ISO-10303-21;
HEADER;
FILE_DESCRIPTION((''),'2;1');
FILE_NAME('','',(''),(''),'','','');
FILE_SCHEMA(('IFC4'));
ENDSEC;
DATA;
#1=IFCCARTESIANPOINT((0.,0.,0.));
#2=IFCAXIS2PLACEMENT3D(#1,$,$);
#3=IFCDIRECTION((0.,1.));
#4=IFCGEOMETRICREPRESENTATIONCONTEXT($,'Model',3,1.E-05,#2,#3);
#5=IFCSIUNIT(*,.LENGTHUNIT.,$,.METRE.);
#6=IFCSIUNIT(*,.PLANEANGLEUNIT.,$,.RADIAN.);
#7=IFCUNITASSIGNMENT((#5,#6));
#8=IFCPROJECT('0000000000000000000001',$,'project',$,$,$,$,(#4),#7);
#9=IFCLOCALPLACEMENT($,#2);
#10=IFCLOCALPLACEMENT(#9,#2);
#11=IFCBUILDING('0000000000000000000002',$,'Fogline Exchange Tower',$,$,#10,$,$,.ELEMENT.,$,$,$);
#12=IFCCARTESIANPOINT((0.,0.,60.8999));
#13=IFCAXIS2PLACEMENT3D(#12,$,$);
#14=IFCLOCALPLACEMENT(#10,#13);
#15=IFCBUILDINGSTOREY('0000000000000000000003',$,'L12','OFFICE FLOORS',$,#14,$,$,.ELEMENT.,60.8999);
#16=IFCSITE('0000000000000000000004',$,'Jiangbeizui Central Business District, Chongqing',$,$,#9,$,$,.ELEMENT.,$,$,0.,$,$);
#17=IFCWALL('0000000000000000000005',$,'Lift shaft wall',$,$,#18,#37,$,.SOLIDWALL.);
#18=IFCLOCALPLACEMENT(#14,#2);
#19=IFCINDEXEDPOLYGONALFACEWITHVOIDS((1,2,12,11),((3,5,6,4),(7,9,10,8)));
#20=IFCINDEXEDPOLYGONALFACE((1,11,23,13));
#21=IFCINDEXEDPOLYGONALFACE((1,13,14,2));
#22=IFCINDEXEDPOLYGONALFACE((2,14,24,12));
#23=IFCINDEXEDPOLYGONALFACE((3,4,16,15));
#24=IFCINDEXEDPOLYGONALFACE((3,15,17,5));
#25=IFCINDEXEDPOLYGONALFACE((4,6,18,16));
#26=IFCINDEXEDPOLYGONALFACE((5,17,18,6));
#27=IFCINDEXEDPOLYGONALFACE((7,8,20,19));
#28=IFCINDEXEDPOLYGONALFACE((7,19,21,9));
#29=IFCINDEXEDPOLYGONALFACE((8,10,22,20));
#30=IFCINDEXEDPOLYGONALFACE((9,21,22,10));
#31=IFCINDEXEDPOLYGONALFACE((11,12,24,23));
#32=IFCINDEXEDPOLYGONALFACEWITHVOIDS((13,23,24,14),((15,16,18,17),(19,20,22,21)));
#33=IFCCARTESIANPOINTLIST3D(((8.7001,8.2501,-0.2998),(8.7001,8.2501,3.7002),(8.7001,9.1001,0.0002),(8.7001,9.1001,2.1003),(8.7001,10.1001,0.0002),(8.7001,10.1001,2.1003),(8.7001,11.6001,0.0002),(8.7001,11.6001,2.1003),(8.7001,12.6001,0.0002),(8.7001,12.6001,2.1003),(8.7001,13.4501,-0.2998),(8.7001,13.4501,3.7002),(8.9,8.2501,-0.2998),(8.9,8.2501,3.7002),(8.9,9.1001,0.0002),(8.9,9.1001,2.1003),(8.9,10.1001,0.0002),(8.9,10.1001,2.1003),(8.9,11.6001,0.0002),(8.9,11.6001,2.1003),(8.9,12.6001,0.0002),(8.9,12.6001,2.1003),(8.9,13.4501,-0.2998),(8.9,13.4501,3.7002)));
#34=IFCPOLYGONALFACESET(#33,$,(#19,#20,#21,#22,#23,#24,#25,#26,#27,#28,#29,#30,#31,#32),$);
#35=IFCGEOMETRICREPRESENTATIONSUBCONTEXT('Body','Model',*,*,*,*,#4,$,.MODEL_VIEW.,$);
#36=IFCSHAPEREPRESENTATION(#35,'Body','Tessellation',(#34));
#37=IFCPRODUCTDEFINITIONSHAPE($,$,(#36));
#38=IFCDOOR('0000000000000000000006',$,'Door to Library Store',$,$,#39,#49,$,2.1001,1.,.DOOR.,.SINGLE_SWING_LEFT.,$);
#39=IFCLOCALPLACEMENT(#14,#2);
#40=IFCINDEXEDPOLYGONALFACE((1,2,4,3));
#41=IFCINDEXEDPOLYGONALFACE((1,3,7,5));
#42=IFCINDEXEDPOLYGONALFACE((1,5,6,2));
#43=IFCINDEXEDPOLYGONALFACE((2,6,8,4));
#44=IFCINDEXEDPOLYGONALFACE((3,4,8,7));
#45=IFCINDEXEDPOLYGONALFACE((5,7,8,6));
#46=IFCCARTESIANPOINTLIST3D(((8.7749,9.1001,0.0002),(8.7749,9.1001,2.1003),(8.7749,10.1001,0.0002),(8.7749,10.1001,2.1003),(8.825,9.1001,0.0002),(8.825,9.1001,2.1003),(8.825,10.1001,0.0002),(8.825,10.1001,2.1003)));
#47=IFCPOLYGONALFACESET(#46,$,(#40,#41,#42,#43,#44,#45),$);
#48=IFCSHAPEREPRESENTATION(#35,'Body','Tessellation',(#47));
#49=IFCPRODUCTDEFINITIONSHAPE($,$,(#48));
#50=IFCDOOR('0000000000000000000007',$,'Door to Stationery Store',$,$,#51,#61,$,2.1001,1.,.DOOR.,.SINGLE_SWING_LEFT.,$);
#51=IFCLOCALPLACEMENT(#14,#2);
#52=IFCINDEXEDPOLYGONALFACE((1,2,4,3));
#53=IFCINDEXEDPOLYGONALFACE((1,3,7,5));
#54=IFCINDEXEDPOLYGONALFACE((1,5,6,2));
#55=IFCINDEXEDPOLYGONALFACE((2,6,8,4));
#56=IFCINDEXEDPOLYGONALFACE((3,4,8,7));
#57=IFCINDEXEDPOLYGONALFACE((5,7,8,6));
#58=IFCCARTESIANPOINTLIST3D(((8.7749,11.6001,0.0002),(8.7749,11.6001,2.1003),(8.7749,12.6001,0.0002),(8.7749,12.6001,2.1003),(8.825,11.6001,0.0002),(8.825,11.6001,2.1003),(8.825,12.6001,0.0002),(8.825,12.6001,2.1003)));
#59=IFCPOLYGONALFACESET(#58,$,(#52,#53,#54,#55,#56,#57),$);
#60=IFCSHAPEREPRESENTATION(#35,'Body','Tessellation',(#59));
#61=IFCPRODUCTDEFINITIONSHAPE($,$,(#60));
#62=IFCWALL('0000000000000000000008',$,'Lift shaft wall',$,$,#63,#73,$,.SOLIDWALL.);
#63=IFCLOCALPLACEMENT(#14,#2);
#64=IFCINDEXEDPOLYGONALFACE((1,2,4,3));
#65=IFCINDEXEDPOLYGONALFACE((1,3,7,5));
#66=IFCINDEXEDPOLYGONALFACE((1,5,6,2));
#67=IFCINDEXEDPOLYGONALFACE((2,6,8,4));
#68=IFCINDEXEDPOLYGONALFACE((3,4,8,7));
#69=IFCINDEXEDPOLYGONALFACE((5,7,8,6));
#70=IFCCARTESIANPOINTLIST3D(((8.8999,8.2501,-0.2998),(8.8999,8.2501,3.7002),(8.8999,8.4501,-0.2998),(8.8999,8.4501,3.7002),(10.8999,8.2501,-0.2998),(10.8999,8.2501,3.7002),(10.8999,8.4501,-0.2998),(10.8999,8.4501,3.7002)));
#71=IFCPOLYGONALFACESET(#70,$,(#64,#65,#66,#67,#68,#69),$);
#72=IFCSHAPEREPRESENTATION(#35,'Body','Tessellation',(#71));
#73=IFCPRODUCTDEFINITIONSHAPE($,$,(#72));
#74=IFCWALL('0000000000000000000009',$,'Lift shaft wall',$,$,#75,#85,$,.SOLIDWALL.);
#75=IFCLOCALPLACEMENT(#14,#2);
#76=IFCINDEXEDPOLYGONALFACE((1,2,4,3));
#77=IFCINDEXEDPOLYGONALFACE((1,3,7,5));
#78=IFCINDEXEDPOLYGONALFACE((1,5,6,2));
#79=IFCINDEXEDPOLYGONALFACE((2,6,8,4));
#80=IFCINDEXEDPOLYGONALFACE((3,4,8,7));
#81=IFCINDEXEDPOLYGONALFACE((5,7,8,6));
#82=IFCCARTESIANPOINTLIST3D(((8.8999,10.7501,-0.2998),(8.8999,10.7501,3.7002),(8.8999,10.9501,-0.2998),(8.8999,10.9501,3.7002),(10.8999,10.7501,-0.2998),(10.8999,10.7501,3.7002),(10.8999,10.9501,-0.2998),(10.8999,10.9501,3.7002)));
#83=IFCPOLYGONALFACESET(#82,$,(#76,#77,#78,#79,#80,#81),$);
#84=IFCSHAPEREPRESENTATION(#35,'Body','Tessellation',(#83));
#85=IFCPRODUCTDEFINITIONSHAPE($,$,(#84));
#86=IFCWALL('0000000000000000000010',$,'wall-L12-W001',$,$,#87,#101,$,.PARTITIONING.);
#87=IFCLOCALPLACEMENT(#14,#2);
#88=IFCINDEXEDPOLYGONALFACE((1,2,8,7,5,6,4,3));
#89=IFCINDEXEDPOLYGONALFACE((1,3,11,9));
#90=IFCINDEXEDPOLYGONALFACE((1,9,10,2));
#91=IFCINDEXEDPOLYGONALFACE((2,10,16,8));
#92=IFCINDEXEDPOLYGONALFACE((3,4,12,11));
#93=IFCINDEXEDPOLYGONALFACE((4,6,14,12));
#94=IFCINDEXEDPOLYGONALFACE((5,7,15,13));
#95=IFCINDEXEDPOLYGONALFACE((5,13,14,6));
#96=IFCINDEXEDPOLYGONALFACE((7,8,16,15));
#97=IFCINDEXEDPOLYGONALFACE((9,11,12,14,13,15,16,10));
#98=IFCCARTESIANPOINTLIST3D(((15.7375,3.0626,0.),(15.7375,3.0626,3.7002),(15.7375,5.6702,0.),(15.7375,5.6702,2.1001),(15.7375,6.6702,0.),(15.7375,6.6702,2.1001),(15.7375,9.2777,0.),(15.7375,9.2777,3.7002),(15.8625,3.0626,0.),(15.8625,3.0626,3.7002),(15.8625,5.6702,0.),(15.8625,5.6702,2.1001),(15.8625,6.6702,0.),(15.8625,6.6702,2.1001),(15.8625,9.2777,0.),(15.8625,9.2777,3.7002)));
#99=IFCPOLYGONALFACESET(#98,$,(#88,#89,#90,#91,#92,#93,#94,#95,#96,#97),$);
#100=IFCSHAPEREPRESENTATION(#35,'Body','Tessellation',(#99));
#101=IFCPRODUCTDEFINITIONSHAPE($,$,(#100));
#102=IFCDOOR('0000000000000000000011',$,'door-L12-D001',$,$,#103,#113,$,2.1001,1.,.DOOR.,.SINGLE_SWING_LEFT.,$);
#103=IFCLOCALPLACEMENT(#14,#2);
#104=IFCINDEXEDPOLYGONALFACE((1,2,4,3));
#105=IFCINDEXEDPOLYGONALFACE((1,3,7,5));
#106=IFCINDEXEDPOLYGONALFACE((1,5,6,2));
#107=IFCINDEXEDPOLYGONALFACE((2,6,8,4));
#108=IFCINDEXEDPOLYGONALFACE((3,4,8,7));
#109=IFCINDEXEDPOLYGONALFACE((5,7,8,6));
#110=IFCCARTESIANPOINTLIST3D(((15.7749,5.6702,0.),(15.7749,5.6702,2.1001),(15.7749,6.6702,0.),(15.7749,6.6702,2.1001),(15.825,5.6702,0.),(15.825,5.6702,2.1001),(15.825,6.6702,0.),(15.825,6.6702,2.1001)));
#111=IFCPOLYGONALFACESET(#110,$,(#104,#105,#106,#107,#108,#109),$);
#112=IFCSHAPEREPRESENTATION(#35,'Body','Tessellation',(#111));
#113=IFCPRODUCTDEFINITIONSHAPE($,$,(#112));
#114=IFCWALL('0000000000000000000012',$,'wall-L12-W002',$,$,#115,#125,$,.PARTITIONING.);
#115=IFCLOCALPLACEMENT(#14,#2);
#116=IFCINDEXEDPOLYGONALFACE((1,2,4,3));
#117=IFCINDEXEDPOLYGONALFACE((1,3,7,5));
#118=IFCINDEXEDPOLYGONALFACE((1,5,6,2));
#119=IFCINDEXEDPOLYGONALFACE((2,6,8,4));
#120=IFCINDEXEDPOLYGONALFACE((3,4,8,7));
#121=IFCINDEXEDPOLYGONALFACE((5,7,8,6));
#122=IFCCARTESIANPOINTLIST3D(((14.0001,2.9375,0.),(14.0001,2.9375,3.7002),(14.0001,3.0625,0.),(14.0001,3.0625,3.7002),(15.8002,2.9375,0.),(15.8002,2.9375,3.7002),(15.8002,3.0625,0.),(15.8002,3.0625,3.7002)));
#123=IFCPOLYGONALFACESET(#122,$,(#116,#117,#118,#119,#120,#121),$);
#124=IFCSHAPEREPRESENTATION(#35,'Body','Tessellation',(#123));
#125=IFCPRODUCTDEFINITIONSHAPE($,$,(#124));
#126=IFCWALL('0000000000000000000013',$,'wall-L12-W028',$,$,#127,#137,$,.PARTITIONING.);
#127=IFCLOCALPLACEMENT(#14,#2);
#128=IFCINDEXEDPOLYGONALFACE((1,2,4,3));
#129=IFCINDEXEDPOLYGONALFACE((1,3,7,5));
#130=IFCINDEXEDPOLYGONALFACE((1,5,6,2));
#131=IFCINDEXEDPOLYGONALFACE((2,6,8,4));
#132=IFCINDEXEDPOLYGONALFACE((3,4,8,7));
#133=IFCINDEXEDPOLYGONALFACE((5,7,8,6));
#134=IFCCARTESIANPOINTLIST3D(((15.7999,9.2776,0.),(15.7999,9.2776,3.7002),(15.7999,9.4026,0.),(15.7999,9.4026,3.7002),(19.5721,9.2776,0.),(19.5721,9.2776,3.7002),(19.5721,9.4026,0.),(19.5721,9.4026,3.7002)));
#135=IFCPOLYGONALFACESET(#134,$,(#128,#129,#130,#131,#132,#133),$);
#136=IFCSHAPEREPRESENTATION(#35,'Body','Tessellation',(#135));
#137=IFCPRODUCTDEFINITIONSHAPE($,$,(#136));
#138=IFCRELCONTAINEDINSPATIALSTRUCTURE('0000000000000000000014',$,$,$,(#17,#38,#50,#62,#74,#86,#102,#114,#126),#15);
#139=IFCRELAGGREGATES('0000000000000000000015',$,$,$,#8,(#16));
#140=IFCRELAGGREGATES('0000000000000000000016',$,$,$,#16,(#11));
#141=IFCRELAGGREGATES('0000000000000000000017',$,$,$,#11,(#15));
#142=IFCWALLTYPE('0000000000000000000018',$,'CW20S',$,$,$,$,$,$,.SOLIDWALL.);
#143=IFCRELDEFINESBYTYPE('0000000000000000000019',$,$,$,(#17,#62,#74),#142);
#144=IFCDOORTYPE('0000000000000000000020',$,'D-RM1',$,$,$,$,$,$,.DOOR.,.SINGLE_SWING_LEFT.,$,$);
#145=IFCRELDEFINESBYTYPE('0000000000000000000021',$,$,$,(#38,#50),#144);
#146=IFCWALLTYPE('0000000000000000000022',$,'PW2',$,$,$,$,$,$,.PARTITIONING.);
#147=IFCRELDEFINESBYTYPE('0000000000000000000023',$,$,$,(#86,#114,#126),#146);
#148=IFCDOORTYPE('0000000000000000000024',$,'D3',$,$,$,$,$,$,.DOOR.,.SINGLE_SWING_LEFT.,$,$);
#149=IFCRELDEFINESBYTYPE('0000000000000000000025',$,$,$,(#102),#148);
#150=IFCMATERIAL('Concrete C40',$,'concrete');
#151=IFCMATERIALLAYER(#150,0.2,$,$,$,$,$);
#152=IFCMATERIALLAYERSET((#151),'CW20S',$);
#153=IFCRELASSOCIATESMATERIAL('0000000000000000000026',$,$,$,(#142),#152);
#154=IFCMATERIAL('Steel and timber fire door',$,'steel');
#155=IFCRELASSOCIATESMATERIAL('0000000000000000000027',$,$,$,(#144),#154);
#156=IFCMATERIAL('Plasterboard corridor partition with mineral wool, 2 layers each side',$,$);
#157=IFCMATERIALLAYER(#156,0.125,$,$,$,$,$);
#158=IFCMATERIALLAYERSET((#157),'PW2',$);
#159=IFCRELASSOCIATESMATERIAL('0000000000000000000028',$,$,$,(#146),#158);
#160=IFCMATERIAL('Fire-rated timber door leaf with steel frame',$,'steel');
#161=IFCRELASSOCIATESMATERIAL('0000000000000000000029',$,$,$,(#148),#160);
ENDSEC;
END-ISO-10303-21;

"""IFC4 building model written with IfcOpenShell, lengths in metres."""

from ifc_helpers import new_model, si_unit, direction, frame, frame_2d, origin, place, context, subcontext, project, spatial, rectangle, extrude, material, layer, layer_set, type_object, element, fill, save


model = new_model("IFC4")

# Units and contexts
model_context = context("Model", 3, precision=1e-05, world=origin(), true_north=direction((0.0, 1.0)))
body_context = subcontext(model_context, "Body", "Model", "MODEL_VIEW")
ifc_project = project(units=[si_unit("LENGTHUNIT", "METRE"), si_unit("PLANEANGLEUNIT", "RADIAN")], contexts=[model_context])

# Site, building, storey
site_placement = place(None, origin())
site = spatial("IfcSite", under=ifc_project, at=site_placement, Name="Jiangbeizui Central Business District, Chongqing", CompositionType="ELEMENT", RefElevation=0.0)
building_placement = place(site_placement, origin())
building = spatial("IfcBuilding", under=site, at=building_placement, Name="Fogline Exchange Tower", CompositionType="ELEMENT")
storey_placement = place(building_placement, frame((0.0, 0.0, 60.8999)))
storey = spatial("IfcBuildingStorey", under=building, at=storey_placement, Name="L12", Description="OFFICE FLOORS", CompositionType="ELEMENT", Elevation=60.8999)

# Shared definitions
ifc_material_1 = material(Name="Concrete C40", Category="concrete")

# Shared definitions
ifc_material_2 = material(Name="Steel and timber fire door", Category="steel")

# Wall, openings, doors
ifc_layer_1 = layer(ifc_material_1, 0.2)
ifc_layer_set_1 = layer_set([ifc_layer_1], Name="CW20S")
wall_type_1 = type_object("IfcWallType", Name="CW20S", PredefinedType="SOLIDWALL", material=ifc_layer_set_1)
wall_1_placement = place(storey_placement, frame((8.8, 8.25, -0.2998), z_axis=(0.0, 0.0, 1.0), x_axis=(0.0, 1.0, 0.0)))
wall_1 = element("IfcWall", 1, at=wall_1_placement, inside=storey, type_object=wall_type_1, Name="Lift shaft wall", PredefinedType="SOLIDWALL", context=body_context, shape_type="SweptSolid", body=[
    extrude(rectangle(XDim=5.2, YDim=0.2, at=frame_2d((2.6001, 0.0))), origin(), (0.0, 0.0, 1.0), 4.0),
])
opening_1_placement = place(wall_1_placement, frame((0.8501, 0.0, 0.3)))
opening_1 = element("IfcOpeningElement", 2, at=opening_1_placement, cuts=wall_1, PredefinedType="OPENING", context=body_context, shape_type="SweptSolid", body=[
    extrude(rectangle(XDim=1.0, YDim=2.1001, at=frame_2d((0.5, 1.05))), frame((0.0, 0.1099, 0.0), z_axis=(0.0, -1.0, 0.0), x_axis=(1.0, 0.0, 0.0)), (0.0, 0.0, 1.0), 0.22),
])
opening_2_placement = place(wall_1_placement, frame((3.3501, 0.0, 0.3)))
opening_2 = element("IfcOpeningElement", 3, at=opening_2_placement, cuts=wall_1, PredefinedType="OPENING", context=body_context, shape_type="SweptSolid", body=[
    extrude(rectangle(XDim=1.0, YDim=2.1001, at=frame_2d((0.5, 1.05))), frame((0.0, 0.1099, 0.0), z_axis=(0.0, -1.0, 0.0), x_axis=(1.0, 0.0, 0.0)), (0.0, 0.0, 1.0), 0.22),
])
door_type_1 = type_object("IfcDoorType", Name="D-RM1", OperationType="SINGLE_SWING_LEFT", PredefinedType="DOOR", material=ifc_material_2)
door_1_placement = place(opening_1_placement, frame((1.0, 0.0, 0.0), z_axis=(0.0, 0.0, 1.0), x_axis=(-1.0, 0.0, 0.0)))
door_1 = element("IfcDoor", 4, at=door_1_placement, inside=storey, type_object=door_type_1, Name="Door to Library Store", OperationType="SINGLE_SWING_LEFT", OverallHeight=2.1001, OverallWidth=1.0, PredefinedType="DOOR", context=body_context, shape_type="SweptSolid", body=[
    extrude(rectangle(XDim=1.0, YDim=2.1001, at=frame_2d((0.5, 1.05))), frame((0.0, 0.0249, 0.0), z_axis=(0.0, -1.0, 0.0), x_axis=(1.0, 0.0, 0.0)), (0.0, 0.0, 1.0), 0.05),
])
fill(opening_1, door_1)
door_2_placement = place(opening_2_placement, frame((1.0, 0.0, 0.0), z_axis=(0.0, 0.0, 1.0), x_axis=(-1.0, 0.0, 0.0)))
door_2 = element("IfcDoor", 5, at=door_2_placement, inside=storey, type_object=door_type_1, Name="Door to Stationery Store", OperationType="SINGLE_SWING_LEFT", OverallHeight=2.1001, OverallWidth=1.0, PredefinedType="DOOR", context=body_context, shape_type="SweptSolid", body=[
    extrude(rectangle(XDim=1.0, YDim=2.1001, at=frame_2d((0.5, 1.05))), frame((0.0, 0.0249, 0.0), z_axis=(0.0, -1.0, 0.0), x_axis=(1.0, 0.0, 0.0)), (0.0, 0.0, 1.0), 0.05),
])
fill(opening_2, door_2)

# Walls
for number, where, z_axis, x_axis, name in (
    (6, (8.8999, 8.3501, -0.2998), (0.0, 0.0, 1.0), (1.0, 0.0, 0.0), "Lift shaft wall"),
    (7, (8.8999, 10.8501, -0.2998), (0.0, 0.0, 1.0), (1.0, 0.0, 0.0), "Lift shaft wall"),
):
    element("IfcWall", number, at=place(storey_placement, frame(where, z_axis=z_axis, x_axis=x_axis)), inside=storey, type_object=wall_type_1, Name=name, PredefinedType="SOLIDWALL", context=body_context, shape_type="SweptSolid", body=[
        extrude(rectangle(XDim=2.0, YDim=0.2, at=frame_2d((1.0, 0.0))), origin(), (0.0, 0.0, 1.0), 4.0),
    ])

# Wall, opening, door
ifc_material_3 = material(Name="Plasterboard corridor partition with mineral wool, 2 layers each side")
ifc_layer_2 = layer(ifc_material_3, 0.125)
ifc_layer_set_2 = layer_set([ifc_layer_2], Name="PW2")
wall_type_2 = type_object("IfcWallType", Name="PW2", PredefinedType="PARTITIONING", material=ifc_layer_set_2)
wall_2_placement = place(storey_placement, frame((15.8, 9.2776, 0.0), z_axis=(0.0, 0.0, 1.0), x_axis=(0.0, -1.0, 0.0)))
wall_2 = element("IfcWall", 8, at=wall_2_placement, inside=storey, type_object=wall_type_2, Name="wall-L12-W001", PredefinedType="PARTITIONING", context=body_context, shape_type="SweptSolid", body=[
    extrude(rectangle(XDim=6.2151, YDim=0.125, at=frame_2d((3.1074, 0.0))), origin(), (0.0, 0.0, 1.0), 3.7002),
])
opening_3_placement = place(wall_2_placement, frame((2.6074, 0.0, 0.0)))
opening_3 = element("IfcOpeningElement", 9, at=opening_3_placement, cuts=wall_2, PredefinedType="OPENING", context=body_context, shape_type="SweptSolid", body=[
    extrude(rectangle(XDim=1.0, YDim=2.1001, at=frame_2d((0.5, 1.05))), frame((0.0, 0.0725, 0.0), z_axis=(0.0, -1.0, 0.0), x_axis=(1.0, 0.0, 0.0)), (0.0, 0.0, 1.0), 0.145),
])
ifc_material_4 = material(Name="Fire-rated timber door leaf with steel frame", Category="steel")
door_type_2 = type_object("IfcDoorType", Name="D3", OperationType="SINGLE_SWING_LEFT", PredefinedType="DOOR", material=ifc_material_4)
door_3_placement = place(opening_3_placement, origin())
door_3 = element("IfcDoor", 10, at=door_3_placement, inside=storey, type_object=door_type_2, Name="door-L12-D001", OperationType="SINGLE_SWING_LEFT", OverallHeight=2.1001, OverallWidth=1.0, PredefinedType="DOOR", context=body_context, shape_type="SweptSolid", body=[
    extrude(rectangle(XDim=1.0, YDim=2.1001, at=frame_2d((0.5, 1.05))), frame((0.0, 0.0249, 0.0), z_axis=(0.0, -1.0, 0.0), x_axis=(1.0, 0.0, 0.0)), (0.0, 0.0, 1.0), 0.05),
])
fill(opening_3, door_3)

# Walls
wall_3_placement = place(storey_placement, frame((15.8, 3.0, 0.0), z_axis=(0.0, 0.0, 1.0), x_axis=(-1.0, 0.0, 0.0)))
element("IfcWall", 11, at=wall_3_placement, inside=storey, type_object=wall_type_2, Name="wall-L12-W002", PredefinedType="PARTITIONING", context=body_context, shape_type="SweptSolid", body=[
    extrude(rectangle(XDim=1.8, YDim=0.125, at=frame_2d((0.8999, 0.0))), origin(), (0.0, 0.0, 1.0), 3.7002),
])
wall_4_placement = place(storey_placement, frame((19.5723, 9.3401, 0.0), z_axis=(0.0, 0.0, 1.0), x_axis=(-1.0, 0.0, 0.0)))
element("IfcWall", 12, at=wall_4_placement, inside=storey, type_object=wall_type_2, Name="wall-L12-W028", PredefinedType="PARTITIONING", context=body_context, shape_type="SweptSolid", body=[
    extrude(rectangle(XDim=3.7722, YDim=0.125, at=frame_2d((1.8862, 0.0))), origin(), (0.0, 0.0, 1.0), 3.7002),
])

save(model, "model.ifc")
